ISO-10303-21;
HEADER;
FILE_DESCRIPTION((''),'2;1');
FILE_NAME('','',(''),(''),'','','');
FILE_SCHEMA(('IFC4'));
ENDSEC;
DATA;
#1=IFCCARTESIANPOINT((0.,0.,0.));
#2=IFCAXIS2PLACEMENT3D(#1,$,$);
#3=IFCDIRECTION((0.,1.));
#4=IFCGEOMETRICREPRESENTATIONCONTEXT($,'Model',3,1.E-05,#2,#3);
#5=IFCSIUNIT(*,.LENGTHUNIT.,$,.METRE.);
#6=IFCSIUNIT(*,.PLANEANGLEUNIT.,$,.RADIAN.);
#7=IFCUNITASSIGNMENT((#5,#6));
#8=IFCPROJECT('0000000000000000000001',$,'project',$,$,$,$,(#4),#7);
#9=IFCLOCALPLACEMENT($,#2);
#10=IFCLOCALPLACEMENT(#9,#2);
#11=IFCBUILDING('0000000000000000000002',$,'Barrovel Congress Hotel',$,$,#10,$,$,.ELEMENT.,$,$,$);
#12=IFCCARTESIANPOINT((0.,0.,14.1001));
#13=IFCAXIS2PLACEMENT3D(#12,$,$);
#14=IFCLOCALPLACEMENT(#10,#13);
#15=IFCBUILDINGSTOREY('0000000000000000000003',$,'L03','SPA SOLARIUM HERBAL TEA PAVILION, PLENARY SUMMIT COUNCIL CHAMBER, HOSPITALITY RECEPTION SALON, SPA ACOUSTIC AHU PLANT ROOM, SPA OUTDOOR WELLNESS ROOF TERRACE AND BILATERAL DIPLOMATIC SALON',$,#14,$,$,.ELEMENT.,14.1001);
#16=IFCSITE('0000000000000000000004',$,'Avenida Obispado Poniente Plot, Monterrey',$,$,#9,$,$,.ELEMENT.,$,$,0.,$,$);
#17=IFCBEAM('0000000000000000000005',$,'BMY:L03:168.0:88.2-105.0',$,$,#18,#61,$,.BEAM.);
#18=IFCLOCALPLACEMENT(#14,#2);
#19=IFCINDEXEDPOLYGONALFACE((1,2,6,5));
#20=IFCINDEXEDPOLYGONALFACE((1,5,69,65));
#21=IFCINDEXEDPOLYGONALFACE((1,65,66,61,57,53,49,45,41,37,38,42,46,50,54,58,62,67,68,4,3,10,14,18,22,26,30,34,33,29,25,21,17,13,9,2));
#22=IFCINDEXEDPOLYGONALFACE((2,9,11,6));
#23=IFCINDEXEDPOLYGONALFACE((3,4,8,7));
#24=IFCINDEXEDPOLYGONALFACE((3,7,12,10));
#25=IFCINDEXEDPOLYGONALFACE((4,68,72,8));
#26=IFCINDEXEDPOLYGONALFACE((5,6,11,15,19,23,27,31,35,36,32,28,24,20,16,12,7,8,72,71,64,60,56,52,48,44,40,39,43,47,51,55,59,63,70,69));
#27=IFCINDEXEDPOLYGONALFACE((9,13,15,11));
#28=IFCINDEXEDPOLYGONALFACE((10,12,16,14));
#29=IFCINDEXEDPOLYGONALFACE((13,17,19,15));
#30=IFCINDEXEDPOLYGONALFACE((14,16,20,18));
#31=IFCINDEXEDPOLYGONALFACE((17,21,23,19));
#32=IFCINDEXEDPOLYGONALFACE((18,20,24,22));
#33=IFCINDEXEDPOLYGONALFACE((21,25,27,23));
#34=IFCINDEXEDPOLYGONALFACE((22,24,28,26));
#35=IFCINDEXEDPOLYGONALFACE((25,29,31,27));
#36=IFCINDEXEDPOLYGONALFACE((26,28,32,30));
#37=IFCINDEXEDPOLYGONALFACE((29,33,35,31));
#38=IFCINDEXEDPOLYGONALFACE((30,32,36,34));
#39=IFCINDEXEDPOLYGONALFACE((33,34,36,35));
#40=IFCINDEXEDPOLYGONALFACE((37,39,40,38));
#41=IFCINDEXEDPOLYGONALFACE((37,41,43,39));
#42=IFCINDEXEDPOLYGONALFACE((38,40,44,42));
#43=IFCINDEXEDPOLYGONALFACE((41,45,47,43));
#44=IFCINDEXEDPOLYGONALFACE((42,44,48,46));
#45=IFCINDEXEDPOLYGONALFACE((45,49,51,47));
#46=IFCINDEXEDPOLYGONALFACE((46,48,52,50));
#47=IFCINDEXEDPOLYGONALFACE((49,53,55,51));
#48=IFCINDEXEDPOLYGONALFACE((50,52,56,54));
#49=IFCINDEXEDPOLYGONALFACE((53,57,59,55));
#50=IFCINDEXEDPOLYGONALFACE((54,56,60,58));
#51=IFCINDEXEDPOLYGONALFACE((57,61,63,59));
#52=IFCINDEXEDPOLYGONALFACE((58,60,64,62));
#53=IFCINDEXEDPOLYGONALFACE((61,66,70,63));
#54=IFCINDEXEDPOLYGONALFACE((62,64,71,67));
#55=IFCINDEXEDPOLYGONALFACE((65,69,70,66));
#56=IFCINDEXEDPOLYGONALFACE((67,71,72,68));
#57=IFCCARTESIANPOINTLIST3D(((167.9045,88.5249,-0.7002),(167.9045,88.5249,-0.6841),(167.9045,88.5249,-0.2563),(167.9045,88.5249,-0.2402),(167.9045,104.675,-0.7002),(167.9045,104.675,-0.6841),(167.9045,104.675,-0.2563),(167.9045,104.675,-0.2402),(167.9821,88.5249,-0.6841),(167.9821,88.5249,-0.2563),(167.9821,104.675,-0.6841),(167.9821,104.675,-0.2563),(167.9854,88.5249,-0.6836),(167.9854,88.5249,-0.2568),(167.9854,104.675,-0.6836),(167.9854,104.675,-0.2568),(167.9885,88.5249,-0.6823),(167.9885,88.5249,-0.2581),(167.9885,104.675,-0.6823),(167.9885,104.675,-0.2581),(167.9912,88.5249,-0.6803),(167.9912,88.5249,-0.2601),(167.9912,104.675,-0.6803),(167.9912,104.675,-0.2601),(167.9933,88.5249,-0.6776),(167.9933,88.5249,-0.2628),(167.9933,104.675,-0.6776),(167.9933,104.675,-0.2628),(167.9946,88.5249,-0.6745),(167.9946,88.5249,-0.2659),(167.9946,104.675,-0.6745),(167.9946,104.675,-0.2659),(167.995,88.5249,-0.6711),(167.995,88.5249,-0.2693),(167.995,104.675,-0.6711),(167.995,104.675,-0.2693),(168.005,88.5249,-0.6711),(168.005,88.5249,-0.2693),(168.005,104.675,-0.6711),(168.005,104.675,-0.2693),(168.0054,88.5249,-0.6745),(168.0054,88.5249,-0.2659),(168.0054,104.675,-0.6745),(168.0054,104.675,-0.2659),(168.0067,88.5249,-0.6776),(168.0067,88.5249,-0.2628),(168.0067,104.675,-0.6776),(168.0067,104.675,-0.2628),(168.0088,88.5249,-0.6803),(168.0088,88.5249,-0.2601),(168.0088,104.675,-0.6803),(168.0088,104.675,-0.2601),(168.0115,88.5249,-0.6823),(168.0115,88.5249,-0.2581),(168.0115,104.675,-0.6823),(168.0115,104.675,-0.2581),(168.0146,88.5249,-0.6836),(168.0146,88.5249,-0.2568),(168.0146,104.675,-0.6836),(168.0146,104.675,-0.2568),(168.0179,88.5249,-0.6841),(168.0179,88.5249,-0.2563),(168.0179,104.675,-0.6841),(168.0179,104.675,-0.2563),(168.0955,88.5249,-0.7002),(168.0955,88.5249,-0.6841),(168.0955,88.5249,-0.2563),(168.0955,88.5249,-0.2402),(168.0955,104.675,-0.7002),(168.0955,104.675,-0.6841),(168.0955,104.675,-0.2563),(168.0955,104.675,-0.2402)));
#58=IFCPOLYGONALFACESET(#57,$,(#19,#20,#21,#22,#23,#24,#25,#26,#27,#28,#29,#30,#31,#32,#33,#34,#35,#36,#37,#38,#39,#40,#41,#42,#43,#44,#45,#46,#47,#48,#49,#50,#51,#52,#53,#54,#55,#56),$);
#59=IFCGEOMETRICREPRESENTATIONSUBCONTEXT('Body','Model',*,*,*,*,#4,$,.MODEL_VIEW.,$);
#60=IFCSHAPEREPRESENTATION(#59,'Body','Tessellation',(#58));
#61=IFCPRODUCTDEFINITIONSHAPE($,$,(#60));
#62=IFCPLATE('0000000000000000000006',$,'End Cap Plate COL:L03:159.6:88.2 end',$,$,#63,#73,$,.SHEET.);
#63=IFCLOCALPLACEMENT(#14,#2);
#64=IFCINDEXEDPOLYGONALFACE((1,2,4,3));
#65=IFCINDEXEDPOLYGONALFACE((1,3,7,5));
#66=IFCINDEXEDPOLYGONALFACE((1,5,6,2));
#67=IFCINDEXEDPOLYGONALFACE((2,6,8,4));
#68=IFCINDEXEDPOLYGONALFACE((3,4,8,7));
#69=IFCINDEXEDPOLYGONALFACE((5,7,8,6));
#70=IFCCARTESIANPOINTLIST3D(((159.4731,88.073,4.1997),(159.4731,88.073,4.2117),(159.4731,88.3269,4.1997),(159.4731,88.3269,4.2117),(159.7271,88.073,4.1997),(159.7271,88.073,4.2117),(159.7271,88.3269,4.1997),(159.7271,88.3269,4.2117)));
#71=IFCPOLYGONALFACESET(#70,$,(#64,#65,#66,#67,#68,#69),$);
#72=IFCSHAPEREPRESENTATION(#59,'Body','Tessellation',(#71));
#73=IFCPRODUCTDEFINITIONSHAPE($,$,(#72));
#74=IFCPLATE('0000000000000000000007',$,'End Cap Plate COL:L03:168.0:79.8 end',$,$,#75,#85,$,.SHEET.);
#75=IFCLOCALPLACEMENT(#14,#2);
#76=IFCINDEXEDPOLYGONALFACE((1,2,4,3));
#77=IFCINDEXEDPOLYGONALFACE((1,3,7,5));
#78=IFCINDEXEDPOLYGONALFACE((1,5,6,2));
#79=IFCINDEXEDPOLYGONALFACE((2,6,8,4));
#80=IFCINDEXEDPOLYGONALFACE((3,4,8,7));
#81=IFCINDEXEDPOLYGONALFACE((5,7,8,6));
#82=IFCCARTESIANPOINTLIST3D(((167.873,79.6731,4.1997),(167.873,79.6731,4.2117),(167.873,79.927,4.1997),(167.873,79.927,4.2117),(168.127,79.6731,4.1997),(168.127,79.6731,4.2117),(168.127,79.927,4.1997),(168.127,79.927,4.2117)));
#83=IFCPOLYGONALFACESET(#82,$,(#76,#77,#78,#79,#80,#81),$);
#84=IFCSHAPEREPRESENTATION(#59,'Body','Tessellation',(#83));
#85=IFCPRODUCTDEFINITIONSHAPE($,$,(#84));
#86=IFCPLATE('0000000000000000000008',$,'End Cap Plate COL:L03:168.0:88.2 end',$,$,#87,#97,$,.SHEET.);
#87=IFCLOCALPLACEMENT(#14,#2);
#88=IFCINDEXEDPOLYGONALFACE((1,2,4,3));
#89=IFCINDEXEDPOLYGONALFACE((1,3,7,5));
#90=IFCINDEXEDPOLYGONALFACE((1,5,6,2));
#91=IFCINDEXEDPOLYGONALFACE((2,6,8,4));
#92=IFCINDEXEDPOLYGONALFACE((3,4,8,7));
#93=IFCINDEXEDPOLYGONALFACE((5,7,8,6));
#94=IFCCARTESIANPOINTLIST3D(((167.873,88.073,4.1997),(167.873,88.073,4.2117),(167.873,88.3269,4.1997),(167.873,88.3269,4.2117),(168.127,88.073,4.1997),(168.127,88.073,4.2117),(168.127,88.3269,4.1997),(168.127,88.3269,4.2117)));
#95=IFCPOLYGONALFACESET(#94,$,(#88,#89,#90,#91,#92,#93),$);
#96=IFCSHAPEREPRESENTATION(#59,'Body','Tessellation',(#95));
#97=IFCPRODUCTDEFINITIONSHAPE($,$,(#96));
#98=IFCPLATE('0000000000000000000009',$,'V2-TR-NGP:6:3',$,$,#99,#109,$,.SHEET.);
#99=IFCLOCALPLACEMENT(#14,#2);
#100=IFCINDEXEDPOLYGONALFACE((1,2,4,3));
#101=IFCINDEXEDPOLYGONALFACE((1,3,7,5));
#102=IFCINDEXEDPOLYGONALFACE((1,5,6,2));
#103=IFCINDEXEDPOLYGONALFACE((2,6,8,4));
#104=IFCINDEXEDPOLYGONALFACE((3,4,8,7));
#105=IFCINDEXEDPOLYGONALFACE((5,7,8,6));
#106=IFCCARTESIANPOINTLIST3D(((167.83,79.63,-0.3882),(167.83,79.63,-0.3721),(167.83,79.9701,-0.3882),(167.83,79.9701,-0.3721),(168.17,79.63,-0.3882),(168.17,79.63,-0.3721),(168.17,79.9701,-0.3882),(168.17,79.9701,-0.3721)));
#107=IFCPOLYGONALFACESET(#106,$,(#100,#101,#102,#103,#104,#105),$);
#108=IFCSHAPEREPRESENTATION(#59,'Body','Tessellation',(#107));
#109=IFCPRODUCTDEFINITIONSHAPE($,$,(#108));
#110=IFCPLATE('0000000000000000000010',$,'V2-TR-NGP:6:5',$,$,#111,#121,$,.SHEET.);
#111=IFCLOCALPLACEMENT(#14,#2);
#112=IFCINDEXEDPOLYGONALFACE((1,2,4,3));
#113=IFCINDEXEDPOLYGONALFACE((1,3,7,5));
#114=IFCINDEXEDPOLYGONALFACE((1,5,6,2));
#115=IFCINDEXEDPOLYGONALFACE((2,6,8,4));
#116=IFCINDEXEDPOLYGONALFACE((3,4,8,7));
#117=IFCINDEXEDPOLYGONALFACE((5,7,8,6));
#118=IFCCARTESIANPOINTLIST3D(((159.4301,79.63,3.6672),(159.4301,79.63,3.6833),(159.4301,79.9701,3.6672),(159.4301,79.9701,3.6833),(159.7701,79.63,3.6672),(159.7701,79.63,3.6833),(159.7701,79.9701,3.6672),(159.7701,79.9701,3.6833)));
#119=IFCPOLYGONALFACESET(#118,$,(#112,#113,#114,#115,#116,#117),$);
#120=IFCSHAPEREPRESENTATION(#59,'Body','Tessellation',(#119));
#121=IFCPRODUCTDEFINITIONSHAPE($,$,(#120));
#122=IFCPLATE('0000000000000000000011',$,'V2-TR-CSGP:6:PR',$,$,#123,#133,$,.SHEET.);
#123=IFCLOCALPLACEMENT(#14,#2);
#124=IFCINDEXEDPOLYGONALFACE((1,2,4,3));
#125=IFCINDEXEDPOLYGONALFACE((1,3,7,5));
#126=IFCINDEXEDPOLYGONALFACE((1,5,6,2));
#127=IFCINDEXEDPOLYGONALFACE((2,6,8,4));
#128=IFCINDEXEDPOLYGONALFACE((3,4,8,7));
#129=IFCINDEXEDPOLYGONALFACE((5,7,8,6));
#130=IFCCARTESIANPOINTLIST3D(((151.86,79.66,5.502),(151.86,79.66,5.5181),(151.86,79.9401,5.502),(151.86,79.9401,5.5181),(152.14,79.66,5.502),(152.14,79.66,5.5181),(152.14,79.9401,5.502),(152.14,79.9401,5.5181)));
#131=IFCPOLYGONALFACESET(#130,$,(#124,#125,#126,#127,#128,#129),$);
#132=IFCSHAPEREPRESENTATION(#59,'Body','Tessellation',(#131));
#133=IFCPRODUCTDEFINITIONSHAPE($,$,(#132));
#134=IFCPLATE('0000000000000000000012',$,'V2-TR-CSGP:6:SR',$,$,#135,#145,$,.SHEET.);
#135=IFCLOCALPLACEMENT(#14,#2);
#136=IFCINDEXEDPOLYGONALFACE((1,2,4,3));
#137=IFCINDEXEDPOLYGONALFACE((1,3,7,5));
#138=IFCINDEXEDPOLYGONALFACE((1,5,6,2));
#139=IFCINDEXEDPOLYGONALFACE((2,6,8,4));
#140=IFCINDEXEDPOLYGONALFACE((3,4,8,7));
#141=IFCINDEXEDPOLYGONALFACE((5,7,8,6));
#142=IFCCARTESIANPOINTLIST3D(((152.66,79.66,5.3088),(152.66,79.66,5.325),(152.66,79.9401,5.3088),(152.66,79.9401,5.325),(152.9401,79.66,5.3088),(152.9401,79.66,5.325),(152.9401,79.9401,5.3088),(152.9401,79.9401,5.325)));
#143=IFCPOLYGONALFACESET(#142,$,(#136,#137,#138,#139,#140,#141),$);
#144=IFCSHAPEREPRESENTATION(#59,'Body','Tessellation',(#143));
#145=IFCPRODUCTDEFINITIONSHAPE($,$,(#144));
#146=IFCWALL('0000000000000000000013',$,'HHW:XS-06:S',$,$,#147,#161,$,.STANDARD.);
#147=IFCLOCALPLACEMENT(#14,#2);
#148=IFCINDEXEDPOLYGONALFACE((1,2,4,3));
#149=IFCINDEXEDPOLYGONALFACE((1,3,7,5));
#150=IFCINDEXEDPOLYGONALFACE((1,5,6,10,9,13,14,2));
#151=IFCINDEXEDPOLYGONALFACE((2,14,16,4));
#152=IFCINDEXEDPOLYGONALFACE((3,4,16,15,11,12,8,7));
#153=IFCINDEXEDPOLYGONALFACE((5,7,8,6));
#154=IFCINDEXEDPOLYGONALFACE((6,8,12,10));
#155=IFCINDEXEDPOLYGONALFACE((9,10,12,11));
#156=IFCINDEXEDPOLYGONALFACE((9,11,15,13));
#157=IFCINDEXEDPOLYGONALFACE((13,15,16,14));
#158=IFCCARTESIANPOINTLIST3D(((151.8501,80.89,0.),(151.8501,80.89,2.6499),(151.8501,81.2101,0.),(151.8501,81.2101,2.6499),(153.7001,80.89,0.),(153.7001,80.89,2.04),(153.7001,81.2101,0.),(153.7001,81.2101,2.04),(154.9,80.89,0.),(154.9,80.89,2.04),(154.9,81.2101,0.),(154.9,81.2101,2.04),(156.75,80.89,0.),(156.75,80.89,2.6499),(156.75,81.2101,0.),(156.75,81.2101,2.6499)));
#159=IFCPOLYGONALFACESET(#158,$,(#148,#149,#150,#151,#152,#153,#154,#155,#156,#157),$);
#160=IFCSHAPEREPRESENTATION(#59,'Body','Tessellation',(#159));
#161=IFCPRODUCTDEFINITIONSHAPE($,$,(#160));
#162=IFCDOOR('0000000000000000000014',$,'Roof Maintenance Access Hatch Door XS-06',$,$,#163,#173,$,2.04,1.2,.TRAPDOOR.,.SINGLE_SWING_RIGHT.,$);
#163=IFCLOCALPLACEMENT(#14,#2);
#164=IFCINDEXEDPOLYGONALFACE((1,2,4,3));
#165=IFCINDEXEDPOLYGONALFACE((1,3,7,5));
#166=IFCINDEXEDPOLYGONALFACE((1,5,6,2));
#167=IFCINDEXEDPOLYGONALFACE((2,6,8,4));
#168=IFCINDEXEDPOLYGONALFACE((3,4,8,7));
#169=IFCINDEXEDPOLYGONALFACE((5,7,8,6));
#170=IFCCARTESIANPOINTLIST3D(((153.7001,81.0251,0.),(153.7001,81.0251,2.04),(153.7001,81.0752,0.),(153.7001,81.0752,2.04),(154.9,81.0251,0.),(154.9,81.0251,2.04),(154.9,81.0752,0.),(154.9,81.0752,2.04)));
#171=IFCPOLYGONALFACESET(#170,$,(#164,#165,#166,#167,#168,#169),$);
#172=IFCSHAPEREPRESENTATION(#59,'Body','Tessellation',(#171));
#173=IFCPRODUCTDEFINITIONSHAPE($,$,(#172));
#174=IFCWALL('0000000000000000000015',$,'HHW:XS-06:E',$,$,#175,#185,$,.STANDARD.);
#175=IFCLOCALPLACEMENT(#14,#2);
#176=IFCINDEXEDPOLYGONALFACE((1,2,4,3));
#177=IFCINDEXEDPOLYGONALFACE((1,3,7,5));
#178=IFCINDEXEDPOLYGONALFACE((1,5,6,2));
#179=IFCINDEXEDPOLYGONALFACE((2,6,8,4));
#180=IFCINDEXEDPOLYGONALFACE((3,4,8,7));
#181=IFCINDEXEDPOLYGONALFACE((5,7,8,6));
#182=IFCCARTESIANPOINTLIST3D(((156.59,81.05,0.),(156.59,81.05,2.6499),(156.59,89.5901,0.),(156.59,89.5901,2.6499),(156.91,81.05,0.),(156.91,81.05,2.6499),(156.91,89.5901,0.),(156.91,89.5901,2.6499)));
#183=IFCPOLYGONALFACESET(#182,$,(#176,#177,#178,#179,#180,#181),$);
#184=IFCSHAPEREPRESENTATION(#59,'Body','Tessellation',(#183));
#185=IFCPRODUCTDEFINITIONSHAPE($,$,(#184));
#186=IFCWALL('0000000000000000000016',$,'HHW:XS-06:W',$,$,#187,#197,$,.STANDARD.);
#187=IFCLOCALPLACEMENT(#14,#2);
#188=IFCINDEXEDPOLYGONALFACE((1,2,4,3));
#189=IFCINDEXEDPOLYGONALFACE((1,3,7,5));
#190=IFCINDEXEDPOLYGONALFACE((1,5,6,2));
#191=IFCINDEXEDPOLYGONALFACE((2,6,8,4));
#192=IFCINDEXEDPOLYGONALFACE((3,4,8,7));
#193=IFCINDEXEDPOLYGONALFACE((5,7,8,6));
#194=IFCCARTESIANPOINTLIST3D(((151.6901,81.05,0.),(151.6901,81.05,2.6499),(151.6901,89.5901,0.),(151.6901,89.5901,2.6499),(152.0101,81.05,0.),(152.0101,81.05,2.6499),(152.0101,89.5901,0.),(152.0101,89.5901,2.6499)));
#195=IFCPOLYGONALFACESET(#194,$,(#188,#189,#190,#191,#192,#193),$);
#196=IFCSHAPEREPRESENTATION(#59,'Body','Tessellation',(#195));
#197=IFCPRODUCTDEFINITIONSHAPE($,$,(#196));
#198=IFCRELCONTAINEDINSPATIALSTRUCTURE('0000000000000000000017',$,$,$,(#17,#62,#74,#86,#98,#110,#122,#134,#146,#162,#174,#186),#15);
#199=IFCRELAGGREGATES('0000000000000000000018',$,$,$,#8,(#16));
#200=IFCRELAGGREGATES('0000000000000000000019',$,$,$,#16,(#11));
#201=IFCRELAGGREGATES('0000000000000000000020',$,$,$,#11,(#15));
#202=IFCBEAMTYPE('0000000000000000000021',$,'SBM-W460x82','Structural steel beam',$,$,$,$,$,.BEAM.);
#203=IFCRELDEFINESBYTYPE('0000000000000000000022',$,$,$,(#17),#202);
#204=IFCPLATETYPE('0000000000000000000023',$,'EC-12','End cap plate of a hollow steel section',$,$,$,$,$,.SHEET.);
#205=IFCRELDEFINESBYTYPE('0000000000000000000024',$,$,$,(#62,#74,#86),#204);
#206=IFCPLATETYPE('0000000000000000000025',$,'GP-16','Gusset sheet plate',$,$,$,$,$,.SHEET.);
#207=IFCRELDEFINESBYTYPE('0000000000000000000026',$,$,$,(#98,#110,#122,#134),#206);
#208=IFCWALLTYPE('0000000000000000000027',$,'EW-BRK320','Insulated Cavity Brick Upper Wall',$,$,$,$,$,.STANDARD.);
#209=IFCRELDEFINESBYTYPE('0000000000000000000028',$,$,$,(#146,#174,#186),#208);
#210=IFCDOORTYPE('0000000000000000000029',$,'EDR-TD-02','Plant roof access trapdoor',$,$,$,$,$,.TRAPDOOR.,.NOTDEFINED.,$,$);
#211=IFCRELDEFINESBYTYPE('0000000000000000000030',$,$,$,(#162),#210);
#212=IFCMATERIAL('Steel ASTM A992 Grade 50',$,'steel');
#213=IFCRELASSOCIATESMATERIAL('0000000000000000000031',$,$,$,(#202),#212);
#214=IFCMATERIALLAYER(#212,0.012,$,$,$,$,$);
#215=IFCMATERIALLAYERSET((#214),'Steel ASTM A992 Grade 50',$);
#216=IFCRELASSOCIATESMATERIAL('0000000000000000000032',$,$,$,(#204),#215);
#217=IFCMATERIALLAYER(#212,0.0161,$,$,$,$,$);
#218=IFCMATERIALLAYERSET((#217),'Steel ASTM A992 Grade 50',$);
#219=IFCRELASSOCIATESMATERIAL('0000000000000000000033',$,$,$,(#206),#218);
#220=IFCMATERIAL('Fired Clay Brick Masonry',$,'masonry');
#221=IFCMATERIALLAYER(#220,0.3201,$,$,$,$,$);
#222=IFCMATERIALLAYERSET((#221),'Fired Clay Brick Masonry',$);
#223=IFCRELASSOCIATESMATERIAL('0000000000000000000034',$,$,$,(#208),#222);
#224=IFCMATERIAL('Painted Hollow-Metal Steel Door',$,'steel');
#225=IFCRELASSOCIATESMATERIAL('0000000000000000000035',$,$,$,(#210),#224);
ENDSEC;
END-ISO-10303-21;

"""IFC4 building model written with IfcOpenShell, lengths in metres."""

from ifc_helpers import new_model, si_unit, direction, frame, frame_2d, origin, origin_2d, place, context, subcontext, project, spatial, rectangle, i_section, extrude, material, layer, layer_set, material_profile, profile_set, type_object, element, fill, save


model = new_model("IFC4")

# Units and contexts
model_context = context("Model", 3, precision=1e-05, world=origin(), true_north=direction((0.0, 1.0)))
body_context = subcontext(model_context, "Body", "Model", "MODEL_VIEW")
ifc_project = project(units=[si_unit("LENGTHUNIT", "METRE"), si_unit("PLANEANGLEUNIT", "RADIAN")], contexts=[model_context])

# Site, building, storey
site_placement = place(None, origin())
site = spatial("IfcSite", under=ifc_project, at=site_placement, Name="Avenida Obispado Poniente Plot, Monterrey", CompositionType="ELEMENT", RefElevation=0.0)
building_placement = place(site_placement, origin())
building = spatial("IfcBuilding", under=site, at=building_placement, Name="Barrovel Congress Hotel", CompositionType="ELEMENT")
storey_placement = place(building_placement, frame((0.0, 0.0, 14.1001)))
storey = spatial("IfcBuildingStorey", under=building, at=storey_placement, Name="L03", Description="SPA SOLARIUM HERBAL TEA PAVILION, PLENARY SUMMIT COUNCIL CHAMBER, HOSPITALITY RECEPTION SALON, SPA ACOUSTIC AHU PLANT ROOM, SPA OUTDOOR WELLNESS ROOF TERRACE AND BILATERAL DIPLOMATIC SALON", CompositionType="ELEMENT", Elevation=14.1001)

# Beam
ifc_material_1 = material(Name="Steel ASTM A992 Grade 50", Category="steel")
ifc_material_profile_1 = material_profile(ifc_material_1, i_section(OverallWidth=0.1909, OverallDepth=0.46, WebThickness=0.01, FlangeThickness=0.0161, FilletRadius=0.0129, at=origin_2d()), Name="W460x82")
ifc_profile_set_1 = profile_set([ifc_material_profile_1], Name="Steel ASTM A992 Grade 50")
beam_type_1 = type_object("IfcBeamType", Name="SBM-W460x82", Description="Structural steel beam", PredefinedType="BEAM", material=ifc_profile_set_1)
beam_1_placement = place(storey_placement, frame((168.0, 88.5249, -0.4702), z_axis=(0.0, 1.0, 0.0), x_axis=(-1.0, 0.0, 0.0)))
element("IfcBeam", 1, at=beam_1_placement, inside=storey, type_object=beam_type_1, Name="BMY:L03:168.0:88.2-105.0", PredefinedType="BEAM", context=body_context, shape_type="SweptSolid", body=[
    extrude(i_section(OverallWidth=0.1909, OverallDepth=0.46, WebThickness=0.01, FlangeThickness=0.0161, FilletRadius=0.0129, at=origin_2d()), origin(), (0.0, 0.0, 1.0), 16.1501),
])

# Plates
ifc_layer_1 = layer(ifc_material_1, 0.012)
ifc_layer_set_1 = layer_set([ifc_layer_1], Name="Steel ASTM A992 Grade 50")
plate_type_1 = type_object("IfcPlateType", Name="EC-12", Description="End cap plate of a hollow steel section", PredefinedType="SHEET", material=ifc_layer_set_1)
for number, where, z_axis, x_axis, name in (
    (2, (159.6001, 88.2, 4.1997), (0.0, 0.0, 1.0), (1.0, 0.0, 0.0), "End Cap Plate COL:L03:159.6:88.2 end"),
    (3, (168.0, 79.8, 4.1997), (0.0, 0.0, 1.0), (1.0, 0.0, 0.0), "End Cap Plate COL:L03:168.0:79.8 end"),
    (4, (168.0, 88.2, 4.1997), (0.0, 0.0, 1.0), (1.0, 0.0, 0.0), "End Cap Plate COL:L03:168.0:88.2 end"),
):
    element("IfcPlate", number, at=place(storey_placement, frame(where, z_axis=z_axis, x_axis=x_axis)), inside=storey, type_object=plate_type_1, Name=name, PredefinedType="SHEET", context=body_context, shape_type="SweptSolid", body=[
        extrude(rectangle(XDim=0.2539, YDim=0.2539, at=origin_2d()), origin(), (0.0, 0.0, 1.0), 0.012),
    ])
ifc_layer_2 = layer(ifc_material_1, 0.0161)
ifc_layer_set_2 = layer_set([ifc_layer_2], Name="Steel ASTM A992 Grade 50")
plate_type_2 = type_object("IfcPlateType", Name="GP-16", Description="Gusset sheet plate", PredefinedType="SHEET", material=ifc_layer_set_2)
for number, where, z_axis, x_axis, name in (
    (5, (168.0, 79.8, -0.3882), (0.0, 0.0, 1.0), (1.0, 0.0, 0.0), "V2-TR-NGP:6:3"),
    (6, (159.6001, 79.8, 3.6672), (0.0, 0.0, 1.0), (1.0, 0.0, 0.0), "V2-TR-NGP:6:5"),
):
    element("IfcPlate", number, at=place(storey_placement, frame(where, z_axis=z_axis, x_axis=x_axis)), inside=storey, type_object=plate_type_2, Name=name, PredefinedType="SHEET", context=body_context, shape_type="SweptSolid", body=[
        extrude(rectangle(XDim=0.3401, YDim=0.3401, at=origin_2d()), origin(), (0.0, 0.0, 1.0), 0.0161),
    ])
for number, where, z_axis, x_axis, name in (
    (7, (152.0, 79.8, 5.502), (0.0, 0.0, 1.0), (1.0, 0.0, 0.0), "V2-TR-CSGP:6:PR"),
    (8, (152.8, 79.8, 5.3088), (0.0, 0.0, 1.0), (1.0, 0.0, 0.0), "V2-TR-CSGP:6:SR"),
):
    element("IfcPlate", number, at=place(storey_placement, frame(where, z_axis=z_axis, x_axis=x_axis)), inside=storey, type_object=plate_type_2, Name=name, PredefinedType="SHEET", context=body_context, shape_type="SweptSolid", body=[
        extrude(rectangle(XDim=0.28, YDim=0.28, at=origin_2d()), origin(), (0.0, 0.0, 1.0), 0.0161),
    ])

# Wall, opening, door
ifc_material_2 = material(Name="Fired Clay Brick Masonry", Category="masonry")
ifc_layer_3 = layer(ifc_material_2, 0.3201)
ifc_layer_set_3 = layer_set([ifc_layer_3], Name="Fired Clay Brick Masonry")
wall_type_1 = type_object("IfcWallType", Name="EW-BRK320", Description="Insulated Cavity Brick Upper Wall", PredefinedType="STANDARD", material=ifc_layer_set_3)
wall_1_placement = place(storey_placement, frame((151.8501, 81.05, 0.0), z_axis=(0.0, 0.0, 1.0), x_axis=(1.0, 0.0, 0.0)))
wall_1 = element("IfcWall", 9, at=wall_1_placement, inside=storey, type_object=wall_type_1, Name="HHW:XS-06:S", PredefinedType="STANDARD", context=body_context, shape_type="SweptSolid", body=[
    extrude(rectangle(XDim=4.8999, YDim=0.3201, at=frame_2d((2.45, 0.0))), origin(), (0.0, 0.0, 1.0), 2.6499),
])
opening_placement = place(wall_1_placement, frame((3.05, 0.0, 0.0), z_axis=(0.0, 0.0, 1.0), x_axis=(-1.0, 0.0, 0.0)))
opening = element("IfcOpeningElement", 10, at=opening_placement, cuts=wall_1, PredefinedType="OPENING", context=body_context, shape_type="SweptSolid", body=[
    extrude(rectangle(XDim=1.2, YDim=2.04, at=frame_2d((0.6001, 1.02))), frame((0.0, 0.1699, 0.0), z_axis=(0.0, -1.0, 0.0), x_axis=(1.0, 0.0, 0.0)), (0.0, 0.0, 1.0), 0.3401),
])
ifc_material_3 = material(Name="Painted Hollow-Metal Steel Door", Category="steel")
door_type = type_object("IfcDoorType", Name="EDR-TD-02", Description="Plant roof access trapdoor", OperationType="NOTDEFINED", PredefinedType="TRAPDOOR", material=ifc_material_3)
door_placement = place(opening_placement, origin())
door = element("IfcDoor", 11, at=door_placement, inside=storey, type_object=door_type, Name="Roof Maintenance Access Hatch Door XS-06", OperationType="SINGLE_SWING_RIGHT", OverallHeight=2.04, OverallWidth=1.2, PredefinedType="TRAPDOOR", context=body_context, shape_type="SweptSolid", body=[
    extrude(rectangle(XDim=1.2, YDim=2.04, at=frame_2d((0.6001, 1.02))), frame((0.0, 0.0249, 0.0), z_axis=(0.0, -1.0, 0.0), x_axis=(1.0, 0.0, 0.0)), (0.0, 0.0, 1.0), 0.05),
])
fill(opening, door)

# Walls
for number, where, z_axis, x_axis, name in (
    (12, (156.75, 81.05, 0.0), (0.0, 0.0, 1.0), (0.0, 1.0, 0.0), "HHW:XS-06:E"),
    (13, (151.8501, 89.5901, 0.0), (0.0, 0.0, 1.0), (0.0, -1.0, 0.0), "HHW:XS-06:W"),
):
    element("IfcWall", number, at=place(storey_placement, frame(where, z_axis=z_axis, x_axis=x_axis)), inside=storey, type_object=wall_type_1, Name=name, PredefinedType="STANDARD", context=body_context, shape_type="SweptSolid", body=[
        extrude(rectangle(XDim=8.54, YDim=0.3201, at=frame_2d((4.27, 0.0))), origin(), (0.0, 0.0, 1.0), 2.6499),
    ])

save(model, "model.ifc")
